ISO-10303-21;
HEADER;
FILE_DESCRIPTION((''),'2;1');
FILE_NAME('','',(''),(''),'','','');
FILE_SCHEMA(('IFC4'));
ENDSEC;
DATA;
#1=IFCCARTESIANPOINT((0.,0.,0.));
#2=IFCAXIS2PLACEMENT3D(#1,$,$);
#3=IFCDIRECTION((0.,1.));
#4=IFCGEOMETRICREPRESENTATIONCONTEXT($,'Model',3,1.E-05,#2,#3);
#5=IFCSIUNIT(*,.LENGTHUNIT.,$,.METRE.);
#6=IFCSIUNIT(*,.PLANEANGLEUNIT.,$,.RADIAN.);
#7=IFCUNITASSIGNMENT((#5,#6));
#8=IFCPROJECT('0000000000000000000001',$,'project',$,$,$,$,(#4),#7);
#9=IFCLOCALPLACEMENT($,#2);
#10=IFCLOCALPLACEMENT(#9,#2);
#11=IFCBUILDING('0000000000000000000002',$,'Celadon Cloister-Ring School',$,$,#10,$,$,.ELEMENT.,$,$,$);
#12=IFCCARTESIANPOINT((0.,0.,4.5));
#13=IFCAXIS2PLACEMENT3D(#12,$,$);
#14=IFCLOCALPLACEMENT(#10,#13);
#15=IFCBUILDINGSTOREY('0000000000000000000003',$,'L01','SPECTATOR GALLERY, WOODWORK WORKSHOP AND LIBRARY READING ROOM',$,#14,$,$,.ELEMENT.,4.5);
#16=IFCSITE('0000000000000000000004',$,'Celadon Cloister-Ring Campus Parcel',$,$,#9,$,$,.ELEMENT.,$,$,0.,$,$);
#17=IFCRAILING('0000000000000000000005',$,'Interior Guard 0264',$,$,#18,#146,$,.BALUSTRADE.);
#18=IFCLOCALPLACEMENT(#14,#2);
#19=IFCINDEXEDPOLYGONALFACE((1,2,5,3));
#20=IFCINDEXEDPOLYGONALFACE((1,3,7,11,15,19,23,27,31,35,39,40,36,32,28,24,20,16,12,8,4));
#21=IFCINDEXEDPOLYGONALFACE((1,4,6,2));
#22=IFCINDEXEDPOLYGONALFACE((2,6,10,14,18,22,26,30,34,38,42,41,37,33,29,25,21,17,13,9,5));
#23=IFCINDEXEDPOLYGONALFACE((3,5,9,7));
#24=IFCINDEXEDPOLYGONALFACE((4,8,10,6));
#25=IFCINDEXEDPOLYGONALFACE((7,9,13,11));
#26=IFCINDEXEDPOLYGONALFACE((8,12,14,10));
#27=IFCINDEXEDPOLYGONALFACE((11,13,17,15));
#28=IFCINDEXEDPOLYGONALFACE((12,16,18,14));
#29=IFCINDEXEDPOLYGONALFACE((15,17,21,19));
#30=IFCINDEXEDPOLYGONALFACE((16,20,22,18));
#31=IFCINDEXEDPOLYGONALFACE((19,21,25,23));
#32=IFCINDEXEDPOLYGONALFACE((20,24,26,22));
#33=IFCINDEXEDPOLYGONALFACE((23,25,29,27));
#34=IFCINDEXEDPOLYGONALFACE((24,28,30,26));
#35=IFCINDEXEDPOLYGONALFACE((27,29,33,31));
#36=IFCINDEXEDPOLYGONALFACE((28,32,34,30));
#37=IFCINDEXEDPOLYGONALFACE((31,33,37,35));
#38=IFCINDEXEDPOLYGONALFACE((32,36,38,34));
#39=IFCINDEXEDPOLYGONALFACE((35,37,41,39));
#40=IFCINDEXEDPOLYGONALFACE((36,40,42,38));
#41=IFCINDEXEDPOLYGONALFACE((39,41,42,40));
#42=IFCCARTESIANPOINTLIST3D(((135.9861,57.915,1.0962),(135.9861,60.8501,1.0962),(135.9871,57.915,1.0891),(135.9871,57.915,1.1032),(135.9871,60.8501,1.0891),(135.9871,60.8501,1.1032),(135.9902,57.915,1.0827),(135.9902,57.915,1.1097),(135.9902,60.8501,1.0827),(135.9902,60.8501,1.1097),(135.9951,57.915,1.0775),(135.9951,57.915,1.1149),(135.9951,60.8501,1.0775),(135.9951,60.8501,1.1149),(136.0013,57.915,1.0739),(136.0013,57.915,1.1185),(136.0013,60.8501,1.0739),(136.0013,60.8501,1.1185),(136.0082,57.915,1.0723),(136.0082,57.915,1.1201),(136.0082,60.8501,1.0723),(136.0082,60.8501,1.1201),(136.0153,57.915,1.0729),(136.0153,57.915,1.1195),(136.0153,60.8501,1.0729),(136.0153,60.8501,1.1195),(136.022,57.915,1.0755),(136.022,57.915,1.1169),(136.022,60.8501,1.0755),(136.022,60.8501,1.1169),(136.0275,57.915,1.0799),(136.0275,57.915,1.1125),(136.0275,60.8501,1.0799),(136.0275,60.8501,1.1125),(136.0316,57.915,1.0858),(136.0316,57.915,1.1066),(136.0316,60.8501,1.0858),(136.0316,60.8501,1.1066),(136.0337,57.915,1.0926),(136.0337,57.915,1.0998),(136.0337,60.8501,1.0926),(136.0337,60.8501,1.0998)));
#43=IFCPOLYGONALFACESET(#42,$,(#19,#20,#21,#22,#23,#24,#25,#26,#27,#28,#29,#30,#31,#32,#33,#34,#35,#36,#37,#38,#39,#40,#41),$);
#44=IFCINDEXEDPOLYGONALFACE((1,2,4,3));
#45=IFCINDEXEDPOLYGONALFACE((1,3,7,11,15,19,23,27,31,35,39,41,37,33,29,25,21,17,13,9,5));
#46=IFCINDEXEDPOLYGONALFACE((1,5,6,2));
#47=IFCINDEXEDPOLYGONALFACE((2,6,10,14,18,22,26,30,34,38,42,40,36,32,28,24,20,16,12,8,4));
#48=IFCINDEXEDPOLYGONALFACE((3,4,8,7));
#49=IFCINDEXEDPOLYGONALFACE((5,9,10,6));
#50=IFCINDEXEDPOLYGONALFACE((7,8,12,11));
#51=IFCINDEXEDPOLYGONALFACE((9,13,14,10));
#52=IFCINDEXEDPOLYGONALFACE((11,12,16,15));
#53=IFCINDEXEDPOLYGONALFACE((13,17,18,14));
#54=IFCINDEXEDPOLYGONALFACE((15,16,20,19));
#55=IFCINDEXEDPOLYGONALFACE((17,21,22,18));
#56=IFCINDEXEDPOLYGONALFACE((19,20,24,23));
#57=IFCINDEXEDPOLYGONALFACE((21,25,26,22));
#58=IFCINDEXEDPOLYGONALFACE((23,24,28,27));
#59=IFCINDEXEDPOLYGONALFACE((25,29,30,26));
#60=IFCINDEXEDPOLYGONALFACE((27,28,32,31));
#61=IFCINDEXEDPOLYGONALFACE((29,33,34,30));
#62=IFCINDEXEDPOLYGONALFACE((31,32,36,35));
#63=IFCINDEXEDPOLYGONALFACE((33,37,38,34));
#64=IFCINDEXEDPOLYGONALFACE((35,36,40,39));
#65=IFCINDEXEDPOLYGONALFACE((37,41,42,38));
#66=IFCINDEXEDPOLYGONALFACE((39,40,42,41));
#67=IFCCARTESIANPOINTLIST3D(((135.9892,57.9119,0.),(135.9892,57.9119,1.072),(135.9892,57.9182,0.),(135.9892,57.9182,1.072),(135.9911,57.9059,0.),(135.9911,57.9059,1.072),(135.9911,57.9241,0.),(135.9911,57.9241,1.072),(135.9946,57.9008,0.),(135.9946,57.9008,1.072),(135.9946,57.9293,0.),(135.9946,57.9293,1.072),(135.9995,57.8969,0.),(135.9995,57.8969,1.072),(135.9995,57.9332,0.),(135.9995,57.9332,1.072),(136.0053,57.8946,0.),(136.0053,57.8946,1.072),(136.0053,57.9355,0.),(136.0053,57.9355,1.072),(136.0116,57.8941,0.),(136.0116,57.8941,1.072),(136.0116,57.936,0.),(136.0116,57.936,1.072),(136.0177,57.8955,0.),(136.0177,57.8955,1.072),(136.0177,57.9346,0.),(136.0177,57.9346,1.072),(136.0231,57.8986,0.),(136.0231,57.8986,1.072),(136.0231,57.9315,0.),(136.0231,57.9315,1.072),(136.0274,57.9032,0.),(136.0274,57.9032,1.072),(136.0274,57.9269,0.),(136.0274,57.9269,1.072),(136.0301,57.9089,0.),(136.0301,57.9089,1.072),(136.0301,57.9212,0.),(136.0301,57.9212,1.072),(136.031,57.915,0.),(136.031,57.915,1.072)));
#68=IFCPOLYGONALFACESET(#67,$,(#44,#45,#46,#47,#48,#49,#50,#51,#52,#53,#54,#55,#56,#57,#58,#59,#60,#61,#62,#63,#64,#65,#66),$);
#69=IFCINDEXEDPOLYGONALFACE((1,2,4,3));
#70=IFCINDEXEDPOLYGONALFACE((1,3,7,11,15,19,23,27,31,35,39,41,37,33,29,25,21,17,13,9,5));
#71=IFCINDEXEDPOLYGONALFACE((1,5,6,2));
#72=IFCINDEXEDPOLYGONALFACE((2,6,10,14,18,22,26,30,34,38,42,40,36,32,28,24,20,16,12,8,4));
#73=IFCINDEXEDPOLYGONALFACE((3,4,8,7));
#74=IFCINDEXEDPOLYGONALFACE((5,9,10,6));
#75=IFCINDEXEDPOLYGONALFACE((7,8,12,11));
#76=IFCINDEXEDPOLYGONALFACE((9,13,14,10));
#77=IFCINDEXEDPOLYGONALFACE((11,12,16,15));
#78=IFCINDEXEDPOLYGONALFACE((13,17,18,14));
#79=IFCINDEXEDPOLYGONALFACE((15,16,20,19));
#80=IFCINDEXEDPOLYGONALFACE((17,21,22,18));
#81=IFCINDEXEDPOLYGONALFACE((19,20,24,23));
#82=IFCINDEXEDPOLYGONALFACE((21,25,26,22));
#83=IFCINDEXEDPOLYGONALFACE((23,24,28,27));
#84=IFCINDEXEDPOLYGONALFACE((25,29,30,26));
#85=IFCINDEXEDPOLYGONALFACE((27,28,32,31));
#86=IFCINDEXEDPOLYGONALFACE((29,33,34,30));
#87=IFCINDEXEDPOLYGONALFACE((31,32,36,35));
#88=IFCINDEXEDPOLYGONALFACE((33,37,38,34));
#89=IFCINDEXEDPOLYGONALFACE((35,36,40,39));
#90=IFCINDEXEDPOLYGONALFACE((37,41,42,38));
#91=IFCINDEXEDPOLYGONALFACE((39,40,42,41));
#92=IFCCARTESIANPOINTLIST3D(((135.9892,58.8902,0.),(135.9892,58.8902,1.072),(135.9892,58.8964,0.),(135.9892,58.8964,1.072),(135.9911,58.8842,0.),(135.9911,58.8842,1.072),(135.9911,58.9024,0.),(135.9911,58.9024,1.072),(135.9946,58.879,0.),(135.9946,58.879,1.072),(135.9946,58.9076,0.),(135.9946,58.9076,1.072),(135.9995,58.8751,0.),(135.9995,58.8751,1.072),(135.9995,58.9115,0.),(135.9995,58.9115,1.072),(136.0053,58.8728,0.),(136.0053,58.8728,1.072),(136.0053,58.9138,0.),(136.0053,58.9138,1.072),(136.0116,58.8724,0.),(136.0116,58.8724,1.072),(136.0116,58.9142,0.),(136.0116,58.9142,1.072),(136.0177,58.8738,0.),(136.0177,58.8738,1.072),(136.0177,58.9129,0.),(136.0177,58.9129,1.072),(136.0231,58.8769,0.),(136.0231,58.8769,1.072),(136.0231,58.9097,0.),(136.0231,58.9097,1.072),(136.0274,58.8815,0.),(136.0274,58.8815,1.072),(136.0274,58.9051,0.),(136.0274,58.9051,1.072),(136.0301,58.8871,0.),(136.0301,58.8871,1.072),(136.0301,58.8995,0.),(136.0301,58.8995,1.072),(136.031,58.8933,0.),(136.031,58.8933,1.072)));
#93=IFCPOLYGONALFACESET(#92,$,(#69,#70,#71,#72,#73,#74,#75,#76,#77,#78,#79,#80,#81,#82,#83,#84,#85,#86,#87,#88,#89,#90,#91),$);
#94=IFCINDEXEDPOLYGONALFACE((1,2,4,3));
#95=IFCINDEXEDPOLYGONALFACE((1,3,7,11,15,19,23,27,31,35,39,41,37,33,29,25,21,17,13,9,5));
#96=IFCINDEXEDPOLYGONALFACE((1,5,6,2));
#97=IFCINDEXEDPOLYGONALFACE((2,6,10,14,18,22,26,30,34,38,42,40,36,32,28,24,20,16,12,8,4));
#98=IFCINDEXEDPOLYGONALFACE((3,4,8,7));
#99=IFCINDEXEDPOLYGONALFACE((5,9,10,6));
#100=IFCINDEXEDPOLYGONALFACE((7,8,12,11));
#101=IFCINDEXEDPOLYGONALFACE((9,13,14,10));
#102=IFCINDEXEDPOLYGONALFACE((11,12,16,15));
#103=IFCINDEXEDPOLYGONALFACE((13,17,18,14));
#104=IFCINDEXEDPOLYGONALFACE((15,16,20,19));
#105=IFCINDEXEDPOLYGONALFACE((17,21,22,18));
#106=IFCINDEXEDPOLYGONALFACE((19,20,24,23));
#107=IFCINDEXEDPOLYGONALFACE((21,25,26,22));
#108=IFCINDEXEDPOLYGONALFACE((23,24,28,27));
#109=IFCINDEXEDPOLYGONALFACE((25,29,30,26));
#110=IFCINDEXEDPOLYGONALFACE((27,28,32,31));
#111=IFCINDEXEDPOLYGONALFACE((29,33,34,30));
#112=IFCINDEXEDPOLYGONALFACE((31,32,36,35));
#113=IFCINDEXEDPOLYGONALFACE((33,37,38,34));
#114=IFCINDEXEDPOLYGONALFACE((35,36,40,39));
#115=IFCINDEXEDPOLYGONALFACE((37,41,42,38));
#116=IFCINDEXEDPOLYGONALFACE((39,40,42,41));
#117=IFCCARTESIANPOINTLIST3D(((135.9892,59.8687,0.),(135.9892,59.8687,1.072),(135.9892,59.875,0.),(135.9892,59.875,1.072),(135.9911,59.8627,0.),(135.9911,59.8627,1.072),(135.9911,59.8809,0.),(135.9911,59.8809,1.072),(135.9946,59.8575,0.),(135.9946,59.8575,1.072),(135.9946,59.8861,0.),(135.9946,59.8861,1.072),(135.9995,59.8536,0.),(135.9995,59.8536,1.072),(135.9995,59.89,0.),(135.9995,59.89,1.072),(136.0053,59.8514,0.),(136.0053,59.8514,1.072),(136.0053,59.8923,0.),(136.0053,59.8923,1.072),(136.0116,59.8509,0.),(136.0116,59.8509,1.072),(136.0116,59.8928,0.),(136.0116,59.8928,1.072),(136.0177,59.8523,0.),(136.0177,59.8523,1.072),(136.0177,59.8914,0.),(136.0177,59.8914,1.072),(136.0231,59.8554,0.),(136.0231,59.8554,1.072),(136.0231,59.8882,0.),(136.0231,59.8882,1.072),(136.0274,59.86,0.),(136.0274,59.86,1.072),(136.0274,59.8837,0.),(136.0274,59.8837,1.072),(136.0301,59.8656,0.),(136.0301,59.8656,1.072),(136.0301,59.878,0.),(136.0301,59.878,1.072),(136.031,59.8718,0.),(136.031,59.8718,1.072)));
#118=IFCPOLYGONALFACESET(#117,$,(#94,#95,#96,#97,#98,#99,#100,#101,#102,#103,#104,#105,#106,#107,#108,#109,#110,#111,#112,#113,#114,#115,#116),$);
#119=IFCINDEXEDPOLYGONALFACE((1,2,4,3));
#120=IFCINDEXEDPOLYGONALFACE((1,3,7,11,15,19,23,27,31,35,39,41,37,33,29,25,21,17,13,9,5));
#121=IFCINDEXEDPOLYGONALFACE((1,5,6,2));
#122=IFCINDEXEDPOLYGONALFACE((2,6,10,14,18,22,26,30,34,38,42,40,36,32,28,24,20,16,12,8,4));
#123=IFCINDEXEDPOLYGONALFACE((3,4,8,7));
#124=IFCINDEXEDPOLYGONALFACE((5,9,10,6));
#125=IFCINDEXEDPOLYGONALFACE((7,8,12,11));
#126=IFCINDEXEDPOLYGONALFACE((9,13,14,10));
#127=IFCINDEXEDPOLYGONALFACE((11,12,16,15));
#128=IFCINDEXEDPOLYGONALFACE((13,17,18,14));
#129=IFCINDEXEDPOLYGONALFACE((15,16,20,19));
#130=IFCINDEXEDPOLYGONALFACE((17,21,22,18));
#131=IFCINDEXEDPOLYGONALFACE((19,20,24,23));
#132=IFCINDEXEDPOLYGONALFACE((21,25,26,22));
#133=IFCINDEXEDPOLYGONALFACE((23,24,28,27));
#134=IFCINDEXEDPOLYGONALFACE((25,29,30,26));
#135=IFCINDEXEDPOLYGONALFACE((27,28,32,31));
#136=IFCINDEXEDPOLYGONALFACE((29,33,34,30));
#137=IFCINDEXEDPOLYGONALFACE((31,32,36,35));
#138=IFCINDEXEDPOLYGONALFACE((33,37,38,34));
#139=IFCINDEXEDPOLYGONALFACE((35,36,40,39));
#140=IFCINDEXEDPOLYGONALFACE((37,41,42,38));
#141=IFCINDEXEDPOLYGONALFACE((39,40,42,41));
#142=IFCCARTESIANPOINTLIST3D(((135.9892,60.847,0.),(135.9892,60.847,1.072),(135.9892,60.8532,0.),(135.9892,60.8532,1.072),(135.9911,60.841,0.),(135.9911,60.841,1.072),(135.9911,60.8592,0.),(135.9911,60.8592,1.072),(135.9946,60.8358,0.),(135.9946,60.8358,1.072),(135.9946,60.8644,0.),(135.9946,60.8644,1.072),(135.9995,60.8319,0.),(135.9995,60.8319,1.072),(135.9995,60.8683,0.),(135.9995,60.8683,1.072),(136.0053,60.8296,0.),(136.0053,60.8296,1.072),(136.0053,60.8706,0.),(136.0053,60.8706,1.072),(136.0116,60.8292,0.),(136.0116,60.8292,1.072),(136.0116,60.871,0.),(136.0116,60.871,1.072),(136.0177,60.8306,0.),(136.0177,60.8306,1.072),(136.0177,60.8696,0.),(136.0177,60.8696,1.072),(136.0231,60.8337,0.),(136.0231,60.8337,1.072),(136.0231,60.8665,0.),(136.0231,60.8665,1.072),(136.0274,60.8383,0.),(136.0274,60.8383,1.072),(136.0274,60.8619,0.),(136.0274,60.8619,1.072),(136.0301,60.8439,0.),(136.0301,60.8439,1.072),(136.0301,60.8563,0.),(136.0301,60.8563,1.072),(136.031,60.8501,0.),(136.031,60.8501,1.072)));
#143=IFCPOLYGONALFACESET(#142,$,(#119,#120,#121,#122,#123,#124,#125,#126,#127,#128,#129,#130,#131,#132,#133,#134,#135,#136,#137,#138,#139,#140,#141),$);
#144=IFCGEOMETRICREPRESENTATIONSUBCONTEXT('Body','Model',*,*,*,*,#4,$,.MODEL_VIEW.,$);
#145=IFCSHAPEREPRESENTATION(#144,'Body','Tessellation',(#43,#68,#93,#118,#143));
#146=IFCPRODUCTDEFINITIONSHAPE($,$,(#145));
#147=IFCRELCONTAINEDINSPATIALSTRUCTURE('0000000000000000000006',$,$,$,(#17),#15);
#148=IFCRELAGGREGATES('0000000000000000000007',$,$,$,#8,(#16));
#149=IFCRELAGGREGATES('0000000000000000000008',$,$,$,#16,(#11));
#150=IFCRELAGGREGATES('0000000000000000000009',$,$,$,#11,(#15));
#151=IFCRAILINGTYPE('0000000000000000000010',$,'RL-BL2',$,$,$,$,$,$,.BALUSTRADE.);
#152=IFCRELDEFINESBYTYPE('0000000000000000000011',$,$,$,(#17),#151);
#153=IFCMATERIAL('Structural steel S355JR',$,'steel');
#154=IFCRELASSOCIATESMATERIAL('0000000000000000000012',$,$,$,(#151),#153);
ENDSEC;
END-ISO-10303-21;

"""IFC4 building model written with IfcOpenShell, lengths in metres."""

from ifc_helpers import new_model, si_unit, direction, frame, origin, origin_2d, place, context, subcontext, project, spatial, circle, extrude, material, type_object, element, save


model = new_model("IFC4")

# Units and contexts
model_context = context("Model", 3, precision=1e-05, world=origin(), true_north=direction((0.0, 1.0)))
body_context = subcontext(model_context, "Body", "Model", "MODEL_VIEW")
ifc_project = project(units=[si_unit("LENGTHUNIT", "METRE"), si_unit("PLANEANGLEUNIT", "RADIAN")], contexts=[model_context])

# Site, building, storey
site_placement = place(None, origin())
site = spatial("IfcSite", under=ifc_project, at=site_placement, Name="Celadon Cloister-Ring Campus Parcel", CompositionType="ELEMENT", RefElevation=0.0)
building_placement = place(site_placement, origin())
building = spatial("IfcBuilding", under=site, at=building_placement, Name="Celadon Cloister-Ring School", CompositionType="ELEMENT")
storey_placement = place(building_placement, frame((0.0, 0.0, 4.5)))
storey = spatial("IfcBuildingStorey", under=building, at=storey_placement, Name="L01", Description="SPECTATOR GALLERY, WOODWORK WORKSHOP AND LIBRARY READING ROOM", CompositionType="ELEMENT", Elevation=4.5)

# Railing
ifc_material_1 = material(Name="Structural steel S355JR", Category="steel")
railing_type_1 = type_object("IfcRailingType", Name="RL-BL2", PredefinedType="BALUSTRADE", material=ifc_material_1)
railing_1_placement = place(storey_placement, frame((136.01, 57.915, 0.0)))
element("IfcRailing", 1, at=railing_1_placement, inside=storey, type_object=railing_type_1, Name="Interior Guard 0264", PredefinedType="BALUSTRADE", context=body_context, shape_type="SweptSolid", body=[
    extrude(circle(Radius=0.0239, at=origin_2d()), frame((0.0, 0.0, 1.0962), z_axis=(0.0, 1.0, 0.0), x_axis=(-1.0, 0.0, 0.0)), (0.0, 0.0, 1.0), 2.9351),
    extrude(circle(Radius=0.021, at=origin_2d()), origin(), (0.0, 0.0, 1.0), 1.072),
    extrude(circle(Radius=0.021, at=origin_2d()), frame((0.0, 0.9783, 0.0)), (0.0, 0.0, 1.0), 1.072),
    extrude(circle(Radius=0.021, at=origin_2d()), frame((0.0, 1.9568, 0.0)), (0.0, 0.0, 1.0), 1.072),
    extrude(circle(Radius=0.021, at=origin_2d()), frame((0.0, 2.9351, 0.0)), (0.0, 0.0, 1.0), 1.072),
])

save(model, "model.ifc")
